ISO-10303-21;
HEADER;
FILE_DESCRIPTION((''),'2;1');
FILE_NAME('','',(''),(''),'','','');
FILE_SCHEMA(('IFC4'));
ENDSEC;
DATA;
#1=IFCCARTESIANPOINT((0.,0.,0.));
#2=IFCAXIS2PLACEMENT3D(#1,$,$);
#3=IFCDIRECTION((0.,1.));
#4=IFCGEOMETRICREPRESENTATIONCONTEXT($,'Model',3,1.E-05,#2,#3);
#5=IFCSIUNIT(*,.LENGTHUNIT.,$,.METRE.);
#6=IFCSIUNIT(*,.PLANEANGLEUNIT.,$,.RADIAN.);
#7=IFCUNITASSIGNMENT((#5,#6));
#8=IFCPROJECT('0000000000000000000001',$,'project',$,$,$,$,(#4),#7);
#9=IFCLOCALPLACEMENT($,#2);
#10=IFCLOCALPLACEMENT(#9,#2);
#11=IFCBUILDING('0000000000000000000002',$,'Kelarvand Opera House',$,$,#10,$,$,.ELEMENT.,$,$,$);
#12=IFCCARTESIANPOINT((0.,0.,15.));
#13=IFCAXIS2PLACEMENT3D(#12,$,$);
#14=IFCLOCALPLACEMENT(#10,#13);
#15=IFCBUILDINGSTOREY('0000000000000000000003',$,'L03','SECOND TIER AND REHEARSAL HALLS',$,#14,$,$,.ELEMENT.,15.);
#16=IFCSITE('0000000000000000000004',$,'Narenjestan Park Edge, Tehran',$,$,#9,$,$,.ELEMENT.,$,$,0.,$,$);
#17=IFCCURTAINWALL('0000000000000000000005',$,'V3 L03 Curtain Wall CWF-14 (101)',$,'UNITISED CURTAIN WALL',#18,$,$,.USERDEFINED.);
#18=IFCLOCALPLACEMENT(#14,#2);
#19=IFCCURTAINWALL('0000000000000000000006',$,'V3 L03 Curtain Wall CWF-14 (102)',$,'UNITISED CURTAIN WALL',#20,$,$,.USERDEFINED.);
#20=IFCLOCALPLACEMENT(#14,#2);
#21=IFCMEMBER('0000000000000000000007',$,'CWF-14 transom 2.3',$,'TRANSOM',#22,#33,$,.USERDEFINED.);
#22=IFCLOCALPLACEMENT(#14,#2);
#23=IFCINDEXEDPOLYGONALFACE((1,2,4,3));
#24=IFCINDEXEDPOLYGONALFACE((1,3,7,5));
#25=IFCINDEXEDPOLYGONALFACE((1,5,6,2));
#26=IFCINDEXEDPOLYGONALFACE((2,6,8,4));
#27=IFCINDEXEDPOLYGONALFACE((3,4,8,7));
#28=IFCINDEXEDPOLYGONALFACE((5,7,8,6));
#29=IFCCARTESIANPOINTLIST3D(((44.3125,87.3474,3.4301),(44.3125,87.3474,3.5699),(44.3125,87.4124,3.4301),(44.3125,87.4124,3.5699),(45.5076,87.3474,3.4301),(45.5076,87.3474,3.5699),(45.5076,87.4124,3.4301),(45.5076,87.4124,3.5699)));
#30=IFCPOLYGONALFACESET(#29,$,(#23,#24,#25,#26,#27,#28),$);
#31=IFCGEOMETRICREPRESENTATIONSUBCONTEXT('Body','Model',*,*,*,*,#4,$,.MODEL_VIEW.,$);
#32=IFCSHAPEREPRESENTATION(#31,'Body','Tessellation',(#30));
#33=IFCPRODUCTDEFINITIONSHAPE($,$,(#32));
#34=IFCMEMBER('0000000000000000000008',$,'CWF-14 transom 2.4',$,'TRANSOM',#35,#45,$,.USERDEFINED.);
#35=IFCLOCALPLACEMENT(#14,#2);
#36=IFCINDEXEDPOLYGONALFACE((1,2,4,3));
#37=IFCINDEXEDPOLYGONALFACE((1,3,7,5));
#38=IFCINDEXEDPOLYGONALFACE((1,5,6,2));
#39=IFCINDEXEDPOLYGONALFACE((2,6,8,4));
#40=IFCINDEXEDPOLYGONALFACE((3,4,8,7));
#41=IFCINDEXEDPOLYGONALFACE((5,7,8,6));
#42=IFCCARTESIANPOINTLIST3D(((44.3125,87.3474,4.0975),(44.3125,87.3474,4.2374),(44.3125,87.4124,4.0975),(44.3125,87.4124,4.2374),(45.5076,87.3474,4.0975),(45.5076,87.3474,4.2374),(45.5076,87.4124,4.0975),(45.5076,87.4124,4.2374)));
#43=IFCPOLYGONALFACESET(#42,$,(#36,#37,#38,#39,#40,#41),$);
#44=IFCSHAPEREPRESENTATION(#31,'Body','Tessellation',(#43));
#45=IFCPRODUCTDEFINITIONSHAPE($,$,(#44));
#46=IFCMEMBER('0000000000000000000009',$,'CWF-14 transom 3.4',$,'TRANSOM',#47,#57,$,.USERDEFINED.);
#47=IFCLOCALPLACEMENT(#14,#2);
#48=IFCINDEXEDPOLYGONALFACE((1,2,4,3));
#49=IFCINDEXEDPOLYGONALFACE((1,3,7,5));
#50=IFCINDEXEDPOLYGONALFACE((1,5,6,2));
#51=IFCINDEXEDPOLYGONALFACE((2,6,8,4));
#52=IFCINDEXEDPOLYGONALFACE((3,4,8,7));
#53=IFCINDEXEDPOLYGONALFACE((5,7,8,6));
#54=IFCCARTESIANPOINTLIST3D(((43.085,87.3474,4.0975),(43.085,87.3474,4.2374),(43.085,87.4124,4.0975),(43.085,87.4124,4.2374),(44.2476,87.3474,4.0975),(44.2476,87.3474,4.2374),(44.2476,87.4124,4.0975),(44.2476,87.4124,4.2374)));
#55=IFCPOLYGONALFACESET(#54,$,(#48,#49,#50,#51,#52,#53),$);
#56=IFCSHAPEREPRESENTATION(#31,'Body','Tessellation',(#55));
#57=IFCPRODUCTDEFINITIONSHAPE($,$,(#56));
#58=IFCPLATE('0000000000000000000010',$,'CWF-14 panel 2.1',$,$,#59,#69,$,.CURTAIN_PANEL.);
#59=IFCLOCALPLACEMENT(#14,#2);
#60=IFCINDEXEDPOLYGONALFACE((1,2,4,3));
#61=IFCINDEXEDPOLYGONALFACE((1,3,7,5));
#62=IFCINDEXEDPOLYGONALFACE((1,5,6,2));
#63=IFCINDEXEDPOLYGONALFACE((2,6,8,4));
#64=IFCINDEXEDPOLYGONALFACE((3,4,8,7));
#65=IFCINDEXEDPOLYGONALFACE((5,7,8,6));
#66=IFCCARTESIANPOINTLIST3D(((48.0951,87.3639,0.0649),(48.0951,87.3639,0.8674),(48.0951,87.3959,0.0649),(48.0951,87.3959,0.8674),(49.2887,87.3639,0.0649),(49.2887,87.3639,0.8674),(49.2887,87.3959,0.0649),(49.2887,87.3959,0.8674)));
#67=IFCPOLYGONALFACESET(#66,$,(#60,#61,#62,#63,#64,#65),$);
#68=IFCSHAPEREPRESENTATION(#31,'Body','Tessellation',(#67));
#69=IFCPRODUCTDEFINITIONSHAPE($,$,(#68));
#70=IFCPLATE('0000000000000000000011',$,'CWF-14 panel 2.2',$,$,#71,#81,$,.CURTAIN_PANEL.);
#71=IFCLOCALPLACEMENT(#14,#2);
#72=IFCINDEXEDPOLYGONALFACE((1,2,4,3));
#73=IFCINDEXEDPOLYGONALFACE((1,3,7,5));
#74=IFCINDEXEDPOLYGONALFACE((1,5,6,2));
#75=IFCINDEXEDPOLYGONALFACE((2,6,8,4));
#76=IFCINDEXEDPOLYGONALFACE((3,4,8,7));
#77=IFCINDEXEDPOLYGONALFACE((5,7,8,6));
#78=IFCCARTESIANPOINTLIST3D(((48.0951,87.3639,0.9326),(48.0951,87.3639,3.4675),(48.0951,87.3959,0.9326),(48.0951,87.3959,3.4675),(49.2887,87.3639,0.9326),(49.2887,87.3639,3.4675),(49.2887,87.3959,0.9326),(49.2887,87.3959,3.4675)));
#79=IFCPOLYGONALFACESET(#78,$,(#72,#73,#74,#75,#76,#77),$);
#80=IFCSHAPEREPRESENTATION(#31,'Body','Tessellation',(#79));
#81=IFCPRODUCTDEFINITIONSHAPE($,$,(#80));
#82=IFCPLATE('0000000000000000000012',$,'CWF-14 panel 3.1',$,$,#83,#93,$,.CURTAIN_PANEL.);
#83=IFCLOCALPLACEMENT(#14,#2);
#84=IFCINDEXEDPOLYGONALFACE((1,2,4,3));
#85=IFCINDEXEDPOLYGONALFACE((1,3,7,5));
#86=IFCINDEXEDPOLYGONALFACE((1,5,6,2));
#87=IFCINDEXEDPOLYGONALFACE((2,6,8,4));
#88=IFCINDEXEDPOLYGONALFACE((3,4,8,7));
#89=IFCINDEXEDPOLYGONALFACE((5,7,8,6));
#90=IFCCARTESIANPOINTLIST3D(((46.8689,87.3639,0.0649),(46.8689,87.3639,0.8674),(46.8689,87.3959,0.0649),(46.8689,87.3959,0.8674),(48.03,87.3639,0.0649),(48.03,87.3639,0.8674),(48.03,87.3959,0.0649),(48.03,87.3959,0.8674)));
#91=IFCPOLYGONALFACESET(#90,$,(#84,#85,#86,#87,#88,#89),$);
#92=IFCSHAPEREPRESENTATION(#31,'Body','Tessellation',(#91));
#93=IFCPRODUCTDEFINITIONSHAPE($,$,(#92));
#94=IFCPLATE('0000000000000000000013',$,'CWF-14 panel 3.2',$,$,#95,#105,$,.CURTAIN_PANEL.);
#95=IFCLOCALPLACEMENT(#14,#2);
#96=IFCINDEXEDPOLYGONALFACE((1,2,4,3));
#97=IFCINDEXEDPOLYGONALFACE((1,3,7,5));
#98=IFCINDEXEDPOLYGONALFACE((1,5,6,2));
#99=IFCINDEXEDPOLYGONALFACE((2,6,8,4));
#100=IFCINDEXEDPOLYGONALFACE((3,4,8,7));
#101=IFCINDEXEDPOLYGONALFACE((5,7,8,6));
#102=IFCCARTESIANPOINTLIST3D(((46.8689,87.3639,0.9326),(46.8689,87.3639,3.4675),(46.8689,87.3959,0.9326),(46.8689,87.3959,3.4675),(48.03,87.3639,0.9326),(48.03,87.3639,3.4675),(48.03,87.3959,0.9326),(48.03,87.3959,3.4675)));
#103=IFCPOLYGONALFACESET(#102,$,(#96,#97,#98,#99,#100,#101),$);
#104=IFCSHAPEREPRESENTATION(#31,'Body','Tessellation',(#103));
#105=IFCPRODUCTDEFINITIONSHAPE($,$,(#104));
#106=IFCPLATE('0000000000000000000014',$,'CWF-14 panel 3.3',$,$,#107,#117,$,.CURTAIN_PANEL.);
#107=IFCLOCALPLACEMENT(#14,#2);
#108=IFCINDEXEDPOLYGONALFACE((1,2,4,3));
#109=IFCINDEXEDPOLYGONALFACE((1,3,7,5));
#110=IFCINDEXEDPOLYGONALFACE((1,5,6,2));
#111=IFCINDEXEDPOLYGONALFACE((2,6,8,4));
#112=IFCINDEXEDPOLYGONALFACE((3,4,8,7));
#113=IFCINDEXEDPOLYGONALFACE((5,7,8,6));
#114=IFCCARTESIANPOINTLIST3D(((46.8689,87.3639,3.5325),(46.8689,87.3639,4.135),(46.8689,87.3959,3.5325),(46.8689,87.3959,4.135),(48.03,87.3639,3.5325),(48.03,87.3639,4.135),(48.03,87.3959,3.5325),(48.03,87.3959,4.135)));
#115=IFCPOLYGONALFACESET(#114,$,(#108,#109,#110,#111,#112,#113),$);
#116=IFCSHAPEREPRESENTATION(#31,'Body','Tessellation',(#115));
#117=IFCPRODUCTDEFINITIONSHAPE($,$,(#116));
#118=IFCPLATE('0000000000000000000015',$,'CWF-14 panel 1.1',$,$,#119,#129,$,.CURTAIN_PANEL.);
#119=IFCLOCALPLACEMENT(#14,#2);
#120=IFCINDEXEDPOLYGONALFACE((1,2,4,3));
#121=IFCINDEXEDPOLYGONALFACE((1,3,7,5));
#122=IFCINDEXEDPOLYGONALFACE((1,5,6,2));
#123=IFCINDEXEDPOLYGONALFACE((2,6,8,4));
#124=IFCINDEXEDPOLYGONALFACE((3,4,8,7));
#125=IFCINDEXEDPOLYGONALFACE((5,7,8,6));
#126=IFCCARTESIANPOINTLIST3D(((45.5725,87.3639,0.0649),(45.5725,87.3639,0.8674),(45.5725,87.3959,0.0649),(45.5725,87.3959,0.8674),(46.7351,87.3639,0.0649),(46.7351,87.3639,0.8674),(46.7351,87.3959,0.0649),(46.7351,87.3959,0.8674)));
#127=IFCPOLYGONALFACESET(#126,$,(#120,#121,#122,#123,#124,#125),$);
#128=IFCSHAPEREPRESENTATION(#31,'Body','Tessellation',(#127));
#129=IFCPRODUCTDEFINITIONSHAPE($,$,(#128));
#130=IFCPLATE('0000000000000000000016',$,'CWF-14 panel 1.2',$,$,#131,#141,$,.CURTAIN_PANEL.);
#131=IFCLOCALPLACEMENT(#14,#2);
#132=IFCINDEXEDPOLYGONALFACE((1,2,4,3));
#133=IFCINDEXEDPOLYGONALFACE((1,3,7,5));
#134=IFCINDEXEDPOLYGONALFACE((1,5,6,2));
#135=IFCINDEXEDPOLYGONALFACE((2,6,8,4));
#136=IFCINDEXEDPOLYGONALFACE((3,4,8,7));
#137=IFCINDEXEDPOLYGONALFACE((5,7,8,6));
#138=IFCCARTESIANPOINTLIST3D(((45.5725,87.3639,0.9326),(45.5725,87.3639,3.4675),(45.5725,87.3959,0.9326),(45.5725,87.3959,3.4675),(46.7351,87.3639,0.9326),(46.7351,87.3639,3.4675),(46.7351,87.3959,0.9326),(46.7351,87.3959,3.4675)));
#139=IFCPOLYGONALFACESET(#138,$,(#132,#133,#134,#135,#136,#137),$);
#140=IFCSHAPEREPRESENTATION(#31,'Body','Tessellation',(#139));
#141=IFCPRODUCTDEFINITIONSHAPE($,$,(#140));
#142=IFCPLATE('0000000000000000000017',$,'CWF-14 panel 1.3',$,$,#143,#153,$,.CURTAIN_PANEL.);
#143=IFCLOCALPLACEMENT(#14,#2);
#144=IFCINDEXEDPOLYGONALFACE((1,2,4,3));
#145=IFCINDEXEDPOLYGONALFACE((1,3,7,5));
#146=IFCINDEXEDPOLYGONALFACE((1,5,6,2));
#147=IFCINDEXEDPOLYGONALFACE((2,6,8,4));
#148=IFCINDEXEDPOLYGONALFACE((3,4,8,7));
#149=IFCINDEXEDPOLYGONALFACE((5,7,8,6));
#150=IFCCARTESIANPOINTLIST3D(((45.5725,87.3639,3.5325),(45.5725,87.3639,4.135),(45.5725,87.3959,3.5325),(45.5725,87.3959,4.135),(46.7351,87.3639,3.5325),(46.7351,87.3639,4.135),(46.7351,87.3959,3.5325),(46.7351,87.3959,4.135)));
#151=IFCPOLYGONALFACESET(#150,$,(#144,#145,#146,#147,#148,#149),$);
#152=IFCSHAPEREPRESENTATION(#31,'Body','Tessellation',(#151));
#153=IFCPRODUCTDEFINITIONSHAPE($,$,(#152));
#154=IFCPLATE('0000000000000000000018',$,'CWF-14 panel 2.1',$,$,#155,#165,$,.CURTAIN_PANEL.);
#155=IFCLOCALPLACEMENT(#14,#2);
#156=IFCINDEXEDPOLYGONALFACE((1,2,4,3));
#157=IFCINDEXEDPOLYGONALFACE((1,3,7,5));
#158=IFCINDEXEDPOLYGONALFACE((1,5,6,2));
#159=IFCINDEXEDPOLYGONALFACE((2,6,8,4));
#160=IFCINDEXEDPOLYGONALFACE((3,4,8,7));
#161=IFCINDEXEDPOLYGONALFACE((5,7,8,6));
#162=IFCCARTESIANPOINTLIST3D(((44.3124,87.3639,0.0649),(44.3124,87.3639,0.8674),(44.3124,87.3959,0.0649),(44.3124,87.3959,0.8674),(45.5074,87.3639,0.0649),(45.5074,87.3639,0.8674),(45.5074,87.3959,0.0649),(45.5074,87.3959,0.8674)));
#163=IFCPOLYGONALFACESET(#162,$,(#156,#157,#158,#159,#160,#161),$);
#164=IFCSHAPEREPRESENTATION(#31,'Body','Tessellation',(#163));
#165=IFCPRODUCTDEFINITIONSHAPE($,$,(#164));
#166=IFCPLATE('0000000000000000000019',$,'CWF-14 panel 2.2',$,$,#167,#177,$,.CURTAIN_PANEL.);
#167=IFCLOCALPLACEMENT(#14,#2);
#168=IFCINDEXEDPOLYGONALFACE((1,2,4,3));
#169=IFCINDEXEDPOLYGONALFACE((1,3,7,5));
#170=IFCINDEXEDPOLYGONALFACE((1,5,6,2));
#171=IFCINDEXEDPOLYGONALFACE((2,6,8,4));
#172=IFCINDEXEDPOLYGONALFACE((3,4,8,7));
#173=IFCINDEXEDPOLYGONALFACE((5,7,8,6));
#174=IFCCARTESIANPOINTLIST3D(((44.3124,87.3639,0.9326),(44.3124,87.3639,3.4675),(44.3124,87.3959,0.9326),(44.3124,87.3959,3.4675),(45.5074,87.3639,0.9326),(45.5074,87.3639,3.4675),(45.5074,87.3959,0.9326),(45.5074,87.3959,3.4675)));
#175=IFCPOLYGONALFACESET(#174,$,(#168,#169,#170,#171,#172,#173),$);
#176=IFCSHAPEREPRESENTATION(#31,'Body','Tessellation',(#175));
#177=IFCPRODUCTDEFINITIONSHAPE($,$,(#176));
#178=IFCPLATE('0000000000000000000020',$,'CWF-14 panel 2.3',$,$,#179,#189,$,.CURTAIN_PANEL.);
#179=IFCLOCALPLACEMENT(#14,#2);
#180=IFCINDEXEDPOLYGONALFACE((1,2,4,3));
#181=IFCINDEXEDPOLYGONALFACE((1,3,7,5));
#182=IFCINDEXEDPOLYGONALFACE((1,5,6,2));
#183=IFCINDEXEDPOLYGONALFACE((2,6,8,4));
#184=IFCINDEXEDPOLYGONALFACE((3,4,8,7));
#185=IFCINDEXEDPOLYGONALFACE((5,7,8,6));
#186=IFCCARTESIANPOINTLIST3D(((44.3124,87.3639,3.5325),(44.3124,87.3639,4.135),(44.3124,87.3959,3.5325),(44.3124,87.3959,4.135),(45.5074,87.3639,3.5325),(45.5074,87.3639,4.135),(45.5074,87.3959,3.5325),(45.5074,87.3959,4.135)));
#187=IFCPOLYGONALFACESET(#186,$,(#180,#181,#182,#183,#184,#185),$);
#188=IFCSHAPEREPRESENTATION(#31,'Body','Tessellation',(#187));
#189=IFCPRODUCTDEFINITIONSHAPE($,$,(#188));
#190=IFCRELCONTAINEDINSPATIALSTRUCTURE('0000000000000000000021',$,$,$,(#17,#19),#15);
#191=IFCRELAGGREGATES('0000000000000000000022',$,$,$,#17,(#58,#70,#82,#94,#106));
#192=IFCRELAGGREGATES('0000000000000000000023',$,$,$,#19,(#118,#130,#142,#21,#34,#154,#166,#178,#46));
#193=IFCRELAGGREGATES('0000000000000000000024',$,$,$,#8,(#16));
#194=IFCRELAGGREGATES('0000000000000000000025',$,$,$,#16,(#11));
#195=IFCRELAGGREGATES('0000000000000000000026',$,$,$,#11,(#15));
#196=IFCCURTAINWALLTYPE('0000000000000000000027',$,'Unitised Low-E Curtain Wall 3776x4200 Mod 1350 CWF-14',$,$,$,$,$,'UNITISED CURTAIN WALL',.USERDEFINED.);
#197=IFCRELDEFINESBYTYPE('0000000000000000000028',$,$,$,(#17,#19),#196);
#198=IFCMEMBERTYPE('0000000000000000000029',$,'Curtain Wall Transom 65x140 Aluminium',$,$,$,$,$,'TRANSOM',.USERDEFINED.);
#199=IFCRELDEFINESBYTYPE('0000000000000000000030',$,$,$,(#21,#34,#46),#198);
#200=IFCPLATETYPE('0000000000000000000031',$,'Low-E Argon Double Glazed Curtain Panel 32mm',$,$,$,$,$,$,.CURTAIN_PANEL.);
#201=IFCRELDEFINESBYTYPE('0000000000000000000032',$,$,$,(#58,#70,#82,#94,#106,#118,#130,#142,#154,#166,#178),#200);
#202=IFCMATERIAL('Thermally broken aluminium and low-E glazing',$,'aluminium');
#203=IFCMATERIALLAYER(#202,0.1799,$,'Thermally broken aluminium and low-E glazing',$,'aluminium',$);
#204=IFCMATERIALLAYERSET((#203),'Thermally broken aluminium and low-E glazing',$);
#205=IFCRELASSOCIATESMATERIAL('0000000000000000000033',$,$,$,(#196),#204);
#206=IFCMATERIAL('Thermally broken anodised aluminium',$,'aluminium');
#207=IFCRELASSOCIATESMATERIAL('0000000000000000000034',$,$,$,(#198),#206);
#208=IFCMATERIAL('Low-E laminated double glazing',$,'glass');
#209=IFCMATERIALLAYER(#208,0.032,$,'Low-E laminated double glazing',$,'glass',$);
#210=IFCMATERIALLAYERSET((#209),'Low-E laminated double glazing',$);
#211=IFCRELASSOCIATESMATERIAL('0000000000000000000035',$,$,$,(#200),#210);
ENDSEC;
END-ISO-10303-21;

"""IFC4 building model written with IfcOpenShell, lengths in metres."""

from ifc_helpers import new_model, si_unit, direction, frame, origin, origin_2d, place, context, subcontext, project, spatial, rectangle, extrude, material, layer, layer_set, material_profile, profile_set, type_object, element, aggregate, save


model = new_model("IFC4")

# Units and contexts
model_context = context("Model", 3, precision=1e-05, world=origin(), true_north=direction((0.0, 1.0)))
body_context = subcontext(model_context, "Body", "Model", "MODEL_VIEW")
ifc_project = project(units=[si_unit("LENGTHUNIT", "METRE"), si_unit("PLANEANGLEUNIT", "RADIAN")], contexts=[model_context])

# Site, building, storey
site_placement = place(None, origin())
site = spatial("IfcSite", under=ifc_project, at=site_placement, Name="Narenjestan Park Edge, Tehran", CompositionType="ELEMENT", RefElevation=0.0)
building_placement = place(site_placement, origin())
building = spatial("IfcBuilding", under=site, at=building_placement, Name="Kelarvand Opera House", CompositionType="ELEMENT")
storey_placement = place(building_placement, frame((0.0, 0.0, 15.0)))
storey = spatial("IfcBuildingStorey", under=building, at=storey_placement, Name="L03", Description="SECOND TIER AND REHEARSAL HALLS", CompositionType="ELEMENT", Elevation=15.0)

# Curtain walls
ifc_material_1 = material(Name="Thermally broken aluminium and low-E glazing", Category="aluminium")
ifc_layer_1 = layer(ifc_material_1, 0.1799, Name="Thermally broken aluminium and low-E glazing", Category="aluminium")
ifc_layer_set_1 = layer_set([ifc_layer_1], Name="Thermally broken aluminium and low-E glazing")
curtain_wall_type = type_object("IfcCurtainWallType", Name="Unitised Low-E Curtain Wall 3776x4200 Mod 1350 CWF-14", ElementType="UNITISED CURTAIN WALL", PredefinedType="USERDEFINED", material=ifc_layer_set_1)
curtain_wall_1_placement = place(storey_placement, origin())
curtain_wall_1 = element("IfcCurtainWall", 1, at=curtain_wall_1_placement, inside=storey, type_object=curtain_wall_type, Name="V3 L03 Curtain Wall CWF-14 (101)", ObjectType="UNITISED CURTAIN WALL", PredefinedType="USERDEFINED")
ifc_material_2 = material(Name="Thermally broken anodised aluminium", Category="aluminium")
curtain_wall_2_placement = place(storey_placement, origin())
curtain_wall_2 = element("IfcCurtainWall", 2, at=curtain_wall_2_placement, inside=storey, type_object=curtain_wall_type, Name="V3 L03 Curtain Wall CWF-14 (102)", ObjectType="UNITISED CURTAIN WALL", PredefinedType="USERDEFINED")

# Members
ifc_material_profile_1 = material_profile(ifc_material_2, rectangle(XDim=0.0649, YDim=0.1399, at=origin_2d()), Name="ALU TRANSOM 65x140", Category="aluminium")
ifc_profile_set_1 = profile_set([ifc_material_profile_1], Name="Thermally broken anodised aluminium")
member_type_1 = type_object("IfcMemberType", Name="Curtain Wall Transom 65x140 Aluminium", ElementType="TRANSOM", PredefinedType="USERDEFINED", material=ifc_profile_set_1)
member_1_placement = place(storey_placement, frame((45.5076, 87.3799, 3.5), z_axis=(-1.0, 0.0, 0.0), x_axis=(0.0, -1.0, 0.0)))
member_1 = element("IfcMember", 3, at=member_1_placement, type_object=member_type_1, Name="CWF-14 transom 2.3", ObjectType="TRANSOM", PredefinedType="USERDEFINED", context=body_context, shape_type="SweptSolid", body=[
    extrude(rectangle(XDim=0.0649, YDim=0.1399, at=origin_2d()), origin(), (0.0, 0.0, 1.0), 1.1951),
])
member_2_placement = place(storey_placement, frame((45.5076, 87.3799, 4.1675), z_axis=(-1.0, 0.0, 0.0), x_axis=(0.0, -1.0, 0.0)))
member_2 = element("IfcMember", 4, at=member_2_placement, type_object=member_type_1, Name="CWF-14 transom 2.4", ObjectType="TRANSOM", PredefinedType="USERDEFINED", context=body_context, shape_type="SweptSolid", body=[
    extrude(rectangle(XDim=0.0649, YDim=0.1399, at=origin_2d()), origin(), (0.0, 0.0, 1.0), 1.1951),
])
member_3_placement = place(storey_placement, frame((44.2476, 87.3799, 4.1675), z_axis=(-1.0, 0.0, 0.0), x_axis=(0.0, -1.0, 0.0)))
member_3 = element("IfcMember", 5, at=member_3_placement, type_object=member_type_1, Name="CWF-14 transom 3.4", ObjectType="TRANSOM", PredefinedType="USERDEFINED", context=body_context, shape_type="SweptSolid", body=[
    extrude(rectangle(XDim=0.0649, YDim=0.1399, at=origin_2d()), origin(), (0.0, 0.0, 1.0), 1.1626),
])

# Plates
ifc_material_3 = material(Name="Low-E laminated double glazing", Category="glass")
ifc_layer_2 = layer(ifc_material_3, 0.032, Name="Low-E laminated double glazing", Category="glass")
ifc_layer_set_2 = layer_set([ifc_layer_2], Name="Low-E laminated double glazing")
plate_type = type_object("IfcPlateType", Name="Low-E Argon Double Glazed Curtain Panel 32mm", PredefinedType="CURTAIN_PANEL", material=ifc_layer_set_2)
plate_1_placement = place(storey_placement, frame((48.6919, 87.3799, 0.0649), z_axis=(0.0, 0.0, 1.0), x_axis=(-1.0, 0.0, 0.0)))
plate_1 = element("IfcPlate", 6, at=plate_1_placement, type_object=plate_type, Name="CWF-14 panel 2.1", PredefinedType="CURTAIN_PANEL", context=body_context, shape_type="SweptSolid", body=[
    extrude(rectangle(XDim=1.1936, YDim=0.032, at=origin_2d()), origin(), (0.0, 0.0, 1.0), 0.8025),
])
plate_2_placement = place(storey_placement, frame((48.6919, 87.3799, 0.9326), z_axis=(0.0, 0.0, 1.0), x_axis=(-1.0, 0.0, 0.0)))
plate_2 = element("IfcPlate", 7, at=plate_2_placement, type_object=plate_type, Name="CWF-14 panel 2.2", PredefinedType="CURTAIN_PANEL", context=body_context, shape_type="SweptSolid", body=[
    extrude(rectangle(XDim=1.1936, YDim=0.032, at=origin_2d()), origin(), (0.0, 0.0, 1.0), 2.5349),
])
plate_3_placement = place(storey_placement, frame((47.4495, 87.3799, 0.0649), z_axis=(0.0, 0.0, 1.0), x_axis=(-1.0, 0.0, 0.0)))
plate_3 = element("IfcPlate", 8, at=plate_3_placement, type_object=plate_type, Name="CWF-14 panel 3.1", PredefinedType="CURTAIN_PANEL", context=body_context, shape_type="SweptSolid", body=[
    extrude(rectangle(XDim=1.1611, YDim=0.032, at=origin_2d()), origin(), (0.0, 0.0, 1.0), 0.8025),
])
plate_4_placement = place(storey_placement, frame((47.4495, 87.3799, 0.9326), z_axis=(0.0, 0.0, 1.0), x_axis=(-1.0, 0.0, 0.0)))
plate_4 = element("IfcPlate", 9, at=plate_4_placement, type_object=plate_type, Name="CWF-14 panel 3.2", PredefinedType="CURTAIN_PANEL", context=body_context, shape_type="SweptSolid", body=[
    extrude(rectangle(XDim=1.1611, YDim=0.032, at=origin_2d()), origin(), (0.0, 0.0, 1.0), 2.5349),
])
plate_5_placement = place(storey_placement, frame((47.4495, 87.3799, 3.5325), z_axis=(0.0, 0.0, 1.0), x_axis=(-1.0, 0.0, 0.0)))
plate_5 = element("IfcPlate", 10, at=plate_5_placement, type_object=plate_type, Name="CWF-14 panel 3.3", PredefinedType="CURTAIN_PANEL", context=body_context, shape_type="SweptSolid", body=[
    extrude(rectangle(XDim=1.1611, YDim=0.032, at=origin_2d()), origin(), (0.0, 0.0, 1.0), 0.6025),
])
aggregate(curtain_wall_1, [plate_1, plate_2, plate_3, plate_4, plate_5])
plate_6_placement = place(storey_placement, frame((46.1538, 87.3799, 0.0649), z_axis=(0.0, 0.0, 1.0), x_axis=(-1.0, 0.0, 0.0)))
plate_6 = element("IfcPlate", 11, at=plate_6_placement, type_object=plate_type, Name="CWF-14 panel 1.1", PredefinedType="CURTAIN_PANEL", context=body_context, shape_type="SweptSolid", body=[
    extrude(rectangle(XDim=1.1626, YDim=0.032, at=origin_2d()), origin(), (0.0, 0.0, 1.0), 0.8025),
])
plate_7_placement = place(storey_placement, frame((46.1538, 87.3799, 0.9326), z_axis=(0.0, 0.0, 1.0), x_axis=(-1.0, 0.0, 0.0)))
plate_7 = element("IfcPlate", 12, at=plate_7_placement, type_object=plate_type, Name="CWF-14 panel 1.2", PredefinedType="CURTAIN_PANEL", context=body_context, shape_type="SweptSolid", body=[
    extrude(rectangle(XDim=1.1626, YDim=0.032, at=origin_2d()), origin(), (0.0, 0.0, 1.0), 2.5349),
])
plate_8_placement = place(storey_placement, frame((46.1538, 87.3799, 3.5325), z_axis=(0.0, 0.0, 1.0), x_axis=(-1.0, 0.0, 0.0)))
plate_8 = element("IfcPlate", 13, at=plate_8_placement, type_object=plate_type, Name="CWF-14 panel 1.3", PredefinedType="CURTAIN_PANEL", context=body_context, shape_type="SweptSolid", body=[
    extrude(rectangle(XDim=1.1626, YDim=0.032, at=origin_2d()), origin(), (0.0, 0.0, 1.0), 0.6025),
])
plate_9_placement = place(storey_placement, frame((44.9099, 87.3799, 0.0649), z_axis=(0.0, 0.0, 1.0), x_axis=(-1.0, 0.0, 0.0)))
plate_9 = element("IfcPlate", 14, at=plate_9_placement, type_object=plate_type, Name="CWF-14 panel 2.1", PredefinedType="CURTAIN_PANEL", context=body_context, shape_type="SweptSolid", body=[
    extrude(rectangle(XDim=1.1951, YDim=0.032, at=origin_2d()), origin(), (0.0, 0.0, 1.0), 0.8025),
])
plate_10_placement = place(storey_placement, frame((44.9099, 87.3799, 0.9326), z_axis=(0.0, 0.0, 1.0), x_axis=(-1.0, 0.0, 0.0)))
plate_10 = element("IfcPlate", 15, at=plate_10_placement, type_object=plate_type, Name="CWF-14 panel 2.2", PredefinedType="CURTAIN_PANEL", context=body_context, shape_type="SweptSolid", body=[
    extrude(rectangle(XDim=1.1951, YDim=0.032, at=origin_2d()), origin(), (0.0, 0.0, 1.0), 2.5349),
])
plate_11_placement = place(storey_placement, frame((44.9099, 87.3799, 3.5325), z_axis=(0.0, 0.0, 1.0), x_axis=(-1.0, 0.0, 0.0)))
plate_11 = element("IfcPlate", 16, at=plate_11_placement, type_object=plate_type, Name="CWF-14 panel 2.3", PredefinedType="CURTAIN_PANEL", context=body_context, shape_type="SweptSolid", body=[
    extrude(rectangle(XDim=1.1951, YDim=0.032, at=origin_2d()), origin(), (0.0, 0.0, 1.0), 0.6025),
])
aggregate(curtain_wall_2, [plate_6, plate_7, plate_8, member_1, member_2, plate_9, plate_10, plate_11, member_3])

save(model, "model.ifc")
